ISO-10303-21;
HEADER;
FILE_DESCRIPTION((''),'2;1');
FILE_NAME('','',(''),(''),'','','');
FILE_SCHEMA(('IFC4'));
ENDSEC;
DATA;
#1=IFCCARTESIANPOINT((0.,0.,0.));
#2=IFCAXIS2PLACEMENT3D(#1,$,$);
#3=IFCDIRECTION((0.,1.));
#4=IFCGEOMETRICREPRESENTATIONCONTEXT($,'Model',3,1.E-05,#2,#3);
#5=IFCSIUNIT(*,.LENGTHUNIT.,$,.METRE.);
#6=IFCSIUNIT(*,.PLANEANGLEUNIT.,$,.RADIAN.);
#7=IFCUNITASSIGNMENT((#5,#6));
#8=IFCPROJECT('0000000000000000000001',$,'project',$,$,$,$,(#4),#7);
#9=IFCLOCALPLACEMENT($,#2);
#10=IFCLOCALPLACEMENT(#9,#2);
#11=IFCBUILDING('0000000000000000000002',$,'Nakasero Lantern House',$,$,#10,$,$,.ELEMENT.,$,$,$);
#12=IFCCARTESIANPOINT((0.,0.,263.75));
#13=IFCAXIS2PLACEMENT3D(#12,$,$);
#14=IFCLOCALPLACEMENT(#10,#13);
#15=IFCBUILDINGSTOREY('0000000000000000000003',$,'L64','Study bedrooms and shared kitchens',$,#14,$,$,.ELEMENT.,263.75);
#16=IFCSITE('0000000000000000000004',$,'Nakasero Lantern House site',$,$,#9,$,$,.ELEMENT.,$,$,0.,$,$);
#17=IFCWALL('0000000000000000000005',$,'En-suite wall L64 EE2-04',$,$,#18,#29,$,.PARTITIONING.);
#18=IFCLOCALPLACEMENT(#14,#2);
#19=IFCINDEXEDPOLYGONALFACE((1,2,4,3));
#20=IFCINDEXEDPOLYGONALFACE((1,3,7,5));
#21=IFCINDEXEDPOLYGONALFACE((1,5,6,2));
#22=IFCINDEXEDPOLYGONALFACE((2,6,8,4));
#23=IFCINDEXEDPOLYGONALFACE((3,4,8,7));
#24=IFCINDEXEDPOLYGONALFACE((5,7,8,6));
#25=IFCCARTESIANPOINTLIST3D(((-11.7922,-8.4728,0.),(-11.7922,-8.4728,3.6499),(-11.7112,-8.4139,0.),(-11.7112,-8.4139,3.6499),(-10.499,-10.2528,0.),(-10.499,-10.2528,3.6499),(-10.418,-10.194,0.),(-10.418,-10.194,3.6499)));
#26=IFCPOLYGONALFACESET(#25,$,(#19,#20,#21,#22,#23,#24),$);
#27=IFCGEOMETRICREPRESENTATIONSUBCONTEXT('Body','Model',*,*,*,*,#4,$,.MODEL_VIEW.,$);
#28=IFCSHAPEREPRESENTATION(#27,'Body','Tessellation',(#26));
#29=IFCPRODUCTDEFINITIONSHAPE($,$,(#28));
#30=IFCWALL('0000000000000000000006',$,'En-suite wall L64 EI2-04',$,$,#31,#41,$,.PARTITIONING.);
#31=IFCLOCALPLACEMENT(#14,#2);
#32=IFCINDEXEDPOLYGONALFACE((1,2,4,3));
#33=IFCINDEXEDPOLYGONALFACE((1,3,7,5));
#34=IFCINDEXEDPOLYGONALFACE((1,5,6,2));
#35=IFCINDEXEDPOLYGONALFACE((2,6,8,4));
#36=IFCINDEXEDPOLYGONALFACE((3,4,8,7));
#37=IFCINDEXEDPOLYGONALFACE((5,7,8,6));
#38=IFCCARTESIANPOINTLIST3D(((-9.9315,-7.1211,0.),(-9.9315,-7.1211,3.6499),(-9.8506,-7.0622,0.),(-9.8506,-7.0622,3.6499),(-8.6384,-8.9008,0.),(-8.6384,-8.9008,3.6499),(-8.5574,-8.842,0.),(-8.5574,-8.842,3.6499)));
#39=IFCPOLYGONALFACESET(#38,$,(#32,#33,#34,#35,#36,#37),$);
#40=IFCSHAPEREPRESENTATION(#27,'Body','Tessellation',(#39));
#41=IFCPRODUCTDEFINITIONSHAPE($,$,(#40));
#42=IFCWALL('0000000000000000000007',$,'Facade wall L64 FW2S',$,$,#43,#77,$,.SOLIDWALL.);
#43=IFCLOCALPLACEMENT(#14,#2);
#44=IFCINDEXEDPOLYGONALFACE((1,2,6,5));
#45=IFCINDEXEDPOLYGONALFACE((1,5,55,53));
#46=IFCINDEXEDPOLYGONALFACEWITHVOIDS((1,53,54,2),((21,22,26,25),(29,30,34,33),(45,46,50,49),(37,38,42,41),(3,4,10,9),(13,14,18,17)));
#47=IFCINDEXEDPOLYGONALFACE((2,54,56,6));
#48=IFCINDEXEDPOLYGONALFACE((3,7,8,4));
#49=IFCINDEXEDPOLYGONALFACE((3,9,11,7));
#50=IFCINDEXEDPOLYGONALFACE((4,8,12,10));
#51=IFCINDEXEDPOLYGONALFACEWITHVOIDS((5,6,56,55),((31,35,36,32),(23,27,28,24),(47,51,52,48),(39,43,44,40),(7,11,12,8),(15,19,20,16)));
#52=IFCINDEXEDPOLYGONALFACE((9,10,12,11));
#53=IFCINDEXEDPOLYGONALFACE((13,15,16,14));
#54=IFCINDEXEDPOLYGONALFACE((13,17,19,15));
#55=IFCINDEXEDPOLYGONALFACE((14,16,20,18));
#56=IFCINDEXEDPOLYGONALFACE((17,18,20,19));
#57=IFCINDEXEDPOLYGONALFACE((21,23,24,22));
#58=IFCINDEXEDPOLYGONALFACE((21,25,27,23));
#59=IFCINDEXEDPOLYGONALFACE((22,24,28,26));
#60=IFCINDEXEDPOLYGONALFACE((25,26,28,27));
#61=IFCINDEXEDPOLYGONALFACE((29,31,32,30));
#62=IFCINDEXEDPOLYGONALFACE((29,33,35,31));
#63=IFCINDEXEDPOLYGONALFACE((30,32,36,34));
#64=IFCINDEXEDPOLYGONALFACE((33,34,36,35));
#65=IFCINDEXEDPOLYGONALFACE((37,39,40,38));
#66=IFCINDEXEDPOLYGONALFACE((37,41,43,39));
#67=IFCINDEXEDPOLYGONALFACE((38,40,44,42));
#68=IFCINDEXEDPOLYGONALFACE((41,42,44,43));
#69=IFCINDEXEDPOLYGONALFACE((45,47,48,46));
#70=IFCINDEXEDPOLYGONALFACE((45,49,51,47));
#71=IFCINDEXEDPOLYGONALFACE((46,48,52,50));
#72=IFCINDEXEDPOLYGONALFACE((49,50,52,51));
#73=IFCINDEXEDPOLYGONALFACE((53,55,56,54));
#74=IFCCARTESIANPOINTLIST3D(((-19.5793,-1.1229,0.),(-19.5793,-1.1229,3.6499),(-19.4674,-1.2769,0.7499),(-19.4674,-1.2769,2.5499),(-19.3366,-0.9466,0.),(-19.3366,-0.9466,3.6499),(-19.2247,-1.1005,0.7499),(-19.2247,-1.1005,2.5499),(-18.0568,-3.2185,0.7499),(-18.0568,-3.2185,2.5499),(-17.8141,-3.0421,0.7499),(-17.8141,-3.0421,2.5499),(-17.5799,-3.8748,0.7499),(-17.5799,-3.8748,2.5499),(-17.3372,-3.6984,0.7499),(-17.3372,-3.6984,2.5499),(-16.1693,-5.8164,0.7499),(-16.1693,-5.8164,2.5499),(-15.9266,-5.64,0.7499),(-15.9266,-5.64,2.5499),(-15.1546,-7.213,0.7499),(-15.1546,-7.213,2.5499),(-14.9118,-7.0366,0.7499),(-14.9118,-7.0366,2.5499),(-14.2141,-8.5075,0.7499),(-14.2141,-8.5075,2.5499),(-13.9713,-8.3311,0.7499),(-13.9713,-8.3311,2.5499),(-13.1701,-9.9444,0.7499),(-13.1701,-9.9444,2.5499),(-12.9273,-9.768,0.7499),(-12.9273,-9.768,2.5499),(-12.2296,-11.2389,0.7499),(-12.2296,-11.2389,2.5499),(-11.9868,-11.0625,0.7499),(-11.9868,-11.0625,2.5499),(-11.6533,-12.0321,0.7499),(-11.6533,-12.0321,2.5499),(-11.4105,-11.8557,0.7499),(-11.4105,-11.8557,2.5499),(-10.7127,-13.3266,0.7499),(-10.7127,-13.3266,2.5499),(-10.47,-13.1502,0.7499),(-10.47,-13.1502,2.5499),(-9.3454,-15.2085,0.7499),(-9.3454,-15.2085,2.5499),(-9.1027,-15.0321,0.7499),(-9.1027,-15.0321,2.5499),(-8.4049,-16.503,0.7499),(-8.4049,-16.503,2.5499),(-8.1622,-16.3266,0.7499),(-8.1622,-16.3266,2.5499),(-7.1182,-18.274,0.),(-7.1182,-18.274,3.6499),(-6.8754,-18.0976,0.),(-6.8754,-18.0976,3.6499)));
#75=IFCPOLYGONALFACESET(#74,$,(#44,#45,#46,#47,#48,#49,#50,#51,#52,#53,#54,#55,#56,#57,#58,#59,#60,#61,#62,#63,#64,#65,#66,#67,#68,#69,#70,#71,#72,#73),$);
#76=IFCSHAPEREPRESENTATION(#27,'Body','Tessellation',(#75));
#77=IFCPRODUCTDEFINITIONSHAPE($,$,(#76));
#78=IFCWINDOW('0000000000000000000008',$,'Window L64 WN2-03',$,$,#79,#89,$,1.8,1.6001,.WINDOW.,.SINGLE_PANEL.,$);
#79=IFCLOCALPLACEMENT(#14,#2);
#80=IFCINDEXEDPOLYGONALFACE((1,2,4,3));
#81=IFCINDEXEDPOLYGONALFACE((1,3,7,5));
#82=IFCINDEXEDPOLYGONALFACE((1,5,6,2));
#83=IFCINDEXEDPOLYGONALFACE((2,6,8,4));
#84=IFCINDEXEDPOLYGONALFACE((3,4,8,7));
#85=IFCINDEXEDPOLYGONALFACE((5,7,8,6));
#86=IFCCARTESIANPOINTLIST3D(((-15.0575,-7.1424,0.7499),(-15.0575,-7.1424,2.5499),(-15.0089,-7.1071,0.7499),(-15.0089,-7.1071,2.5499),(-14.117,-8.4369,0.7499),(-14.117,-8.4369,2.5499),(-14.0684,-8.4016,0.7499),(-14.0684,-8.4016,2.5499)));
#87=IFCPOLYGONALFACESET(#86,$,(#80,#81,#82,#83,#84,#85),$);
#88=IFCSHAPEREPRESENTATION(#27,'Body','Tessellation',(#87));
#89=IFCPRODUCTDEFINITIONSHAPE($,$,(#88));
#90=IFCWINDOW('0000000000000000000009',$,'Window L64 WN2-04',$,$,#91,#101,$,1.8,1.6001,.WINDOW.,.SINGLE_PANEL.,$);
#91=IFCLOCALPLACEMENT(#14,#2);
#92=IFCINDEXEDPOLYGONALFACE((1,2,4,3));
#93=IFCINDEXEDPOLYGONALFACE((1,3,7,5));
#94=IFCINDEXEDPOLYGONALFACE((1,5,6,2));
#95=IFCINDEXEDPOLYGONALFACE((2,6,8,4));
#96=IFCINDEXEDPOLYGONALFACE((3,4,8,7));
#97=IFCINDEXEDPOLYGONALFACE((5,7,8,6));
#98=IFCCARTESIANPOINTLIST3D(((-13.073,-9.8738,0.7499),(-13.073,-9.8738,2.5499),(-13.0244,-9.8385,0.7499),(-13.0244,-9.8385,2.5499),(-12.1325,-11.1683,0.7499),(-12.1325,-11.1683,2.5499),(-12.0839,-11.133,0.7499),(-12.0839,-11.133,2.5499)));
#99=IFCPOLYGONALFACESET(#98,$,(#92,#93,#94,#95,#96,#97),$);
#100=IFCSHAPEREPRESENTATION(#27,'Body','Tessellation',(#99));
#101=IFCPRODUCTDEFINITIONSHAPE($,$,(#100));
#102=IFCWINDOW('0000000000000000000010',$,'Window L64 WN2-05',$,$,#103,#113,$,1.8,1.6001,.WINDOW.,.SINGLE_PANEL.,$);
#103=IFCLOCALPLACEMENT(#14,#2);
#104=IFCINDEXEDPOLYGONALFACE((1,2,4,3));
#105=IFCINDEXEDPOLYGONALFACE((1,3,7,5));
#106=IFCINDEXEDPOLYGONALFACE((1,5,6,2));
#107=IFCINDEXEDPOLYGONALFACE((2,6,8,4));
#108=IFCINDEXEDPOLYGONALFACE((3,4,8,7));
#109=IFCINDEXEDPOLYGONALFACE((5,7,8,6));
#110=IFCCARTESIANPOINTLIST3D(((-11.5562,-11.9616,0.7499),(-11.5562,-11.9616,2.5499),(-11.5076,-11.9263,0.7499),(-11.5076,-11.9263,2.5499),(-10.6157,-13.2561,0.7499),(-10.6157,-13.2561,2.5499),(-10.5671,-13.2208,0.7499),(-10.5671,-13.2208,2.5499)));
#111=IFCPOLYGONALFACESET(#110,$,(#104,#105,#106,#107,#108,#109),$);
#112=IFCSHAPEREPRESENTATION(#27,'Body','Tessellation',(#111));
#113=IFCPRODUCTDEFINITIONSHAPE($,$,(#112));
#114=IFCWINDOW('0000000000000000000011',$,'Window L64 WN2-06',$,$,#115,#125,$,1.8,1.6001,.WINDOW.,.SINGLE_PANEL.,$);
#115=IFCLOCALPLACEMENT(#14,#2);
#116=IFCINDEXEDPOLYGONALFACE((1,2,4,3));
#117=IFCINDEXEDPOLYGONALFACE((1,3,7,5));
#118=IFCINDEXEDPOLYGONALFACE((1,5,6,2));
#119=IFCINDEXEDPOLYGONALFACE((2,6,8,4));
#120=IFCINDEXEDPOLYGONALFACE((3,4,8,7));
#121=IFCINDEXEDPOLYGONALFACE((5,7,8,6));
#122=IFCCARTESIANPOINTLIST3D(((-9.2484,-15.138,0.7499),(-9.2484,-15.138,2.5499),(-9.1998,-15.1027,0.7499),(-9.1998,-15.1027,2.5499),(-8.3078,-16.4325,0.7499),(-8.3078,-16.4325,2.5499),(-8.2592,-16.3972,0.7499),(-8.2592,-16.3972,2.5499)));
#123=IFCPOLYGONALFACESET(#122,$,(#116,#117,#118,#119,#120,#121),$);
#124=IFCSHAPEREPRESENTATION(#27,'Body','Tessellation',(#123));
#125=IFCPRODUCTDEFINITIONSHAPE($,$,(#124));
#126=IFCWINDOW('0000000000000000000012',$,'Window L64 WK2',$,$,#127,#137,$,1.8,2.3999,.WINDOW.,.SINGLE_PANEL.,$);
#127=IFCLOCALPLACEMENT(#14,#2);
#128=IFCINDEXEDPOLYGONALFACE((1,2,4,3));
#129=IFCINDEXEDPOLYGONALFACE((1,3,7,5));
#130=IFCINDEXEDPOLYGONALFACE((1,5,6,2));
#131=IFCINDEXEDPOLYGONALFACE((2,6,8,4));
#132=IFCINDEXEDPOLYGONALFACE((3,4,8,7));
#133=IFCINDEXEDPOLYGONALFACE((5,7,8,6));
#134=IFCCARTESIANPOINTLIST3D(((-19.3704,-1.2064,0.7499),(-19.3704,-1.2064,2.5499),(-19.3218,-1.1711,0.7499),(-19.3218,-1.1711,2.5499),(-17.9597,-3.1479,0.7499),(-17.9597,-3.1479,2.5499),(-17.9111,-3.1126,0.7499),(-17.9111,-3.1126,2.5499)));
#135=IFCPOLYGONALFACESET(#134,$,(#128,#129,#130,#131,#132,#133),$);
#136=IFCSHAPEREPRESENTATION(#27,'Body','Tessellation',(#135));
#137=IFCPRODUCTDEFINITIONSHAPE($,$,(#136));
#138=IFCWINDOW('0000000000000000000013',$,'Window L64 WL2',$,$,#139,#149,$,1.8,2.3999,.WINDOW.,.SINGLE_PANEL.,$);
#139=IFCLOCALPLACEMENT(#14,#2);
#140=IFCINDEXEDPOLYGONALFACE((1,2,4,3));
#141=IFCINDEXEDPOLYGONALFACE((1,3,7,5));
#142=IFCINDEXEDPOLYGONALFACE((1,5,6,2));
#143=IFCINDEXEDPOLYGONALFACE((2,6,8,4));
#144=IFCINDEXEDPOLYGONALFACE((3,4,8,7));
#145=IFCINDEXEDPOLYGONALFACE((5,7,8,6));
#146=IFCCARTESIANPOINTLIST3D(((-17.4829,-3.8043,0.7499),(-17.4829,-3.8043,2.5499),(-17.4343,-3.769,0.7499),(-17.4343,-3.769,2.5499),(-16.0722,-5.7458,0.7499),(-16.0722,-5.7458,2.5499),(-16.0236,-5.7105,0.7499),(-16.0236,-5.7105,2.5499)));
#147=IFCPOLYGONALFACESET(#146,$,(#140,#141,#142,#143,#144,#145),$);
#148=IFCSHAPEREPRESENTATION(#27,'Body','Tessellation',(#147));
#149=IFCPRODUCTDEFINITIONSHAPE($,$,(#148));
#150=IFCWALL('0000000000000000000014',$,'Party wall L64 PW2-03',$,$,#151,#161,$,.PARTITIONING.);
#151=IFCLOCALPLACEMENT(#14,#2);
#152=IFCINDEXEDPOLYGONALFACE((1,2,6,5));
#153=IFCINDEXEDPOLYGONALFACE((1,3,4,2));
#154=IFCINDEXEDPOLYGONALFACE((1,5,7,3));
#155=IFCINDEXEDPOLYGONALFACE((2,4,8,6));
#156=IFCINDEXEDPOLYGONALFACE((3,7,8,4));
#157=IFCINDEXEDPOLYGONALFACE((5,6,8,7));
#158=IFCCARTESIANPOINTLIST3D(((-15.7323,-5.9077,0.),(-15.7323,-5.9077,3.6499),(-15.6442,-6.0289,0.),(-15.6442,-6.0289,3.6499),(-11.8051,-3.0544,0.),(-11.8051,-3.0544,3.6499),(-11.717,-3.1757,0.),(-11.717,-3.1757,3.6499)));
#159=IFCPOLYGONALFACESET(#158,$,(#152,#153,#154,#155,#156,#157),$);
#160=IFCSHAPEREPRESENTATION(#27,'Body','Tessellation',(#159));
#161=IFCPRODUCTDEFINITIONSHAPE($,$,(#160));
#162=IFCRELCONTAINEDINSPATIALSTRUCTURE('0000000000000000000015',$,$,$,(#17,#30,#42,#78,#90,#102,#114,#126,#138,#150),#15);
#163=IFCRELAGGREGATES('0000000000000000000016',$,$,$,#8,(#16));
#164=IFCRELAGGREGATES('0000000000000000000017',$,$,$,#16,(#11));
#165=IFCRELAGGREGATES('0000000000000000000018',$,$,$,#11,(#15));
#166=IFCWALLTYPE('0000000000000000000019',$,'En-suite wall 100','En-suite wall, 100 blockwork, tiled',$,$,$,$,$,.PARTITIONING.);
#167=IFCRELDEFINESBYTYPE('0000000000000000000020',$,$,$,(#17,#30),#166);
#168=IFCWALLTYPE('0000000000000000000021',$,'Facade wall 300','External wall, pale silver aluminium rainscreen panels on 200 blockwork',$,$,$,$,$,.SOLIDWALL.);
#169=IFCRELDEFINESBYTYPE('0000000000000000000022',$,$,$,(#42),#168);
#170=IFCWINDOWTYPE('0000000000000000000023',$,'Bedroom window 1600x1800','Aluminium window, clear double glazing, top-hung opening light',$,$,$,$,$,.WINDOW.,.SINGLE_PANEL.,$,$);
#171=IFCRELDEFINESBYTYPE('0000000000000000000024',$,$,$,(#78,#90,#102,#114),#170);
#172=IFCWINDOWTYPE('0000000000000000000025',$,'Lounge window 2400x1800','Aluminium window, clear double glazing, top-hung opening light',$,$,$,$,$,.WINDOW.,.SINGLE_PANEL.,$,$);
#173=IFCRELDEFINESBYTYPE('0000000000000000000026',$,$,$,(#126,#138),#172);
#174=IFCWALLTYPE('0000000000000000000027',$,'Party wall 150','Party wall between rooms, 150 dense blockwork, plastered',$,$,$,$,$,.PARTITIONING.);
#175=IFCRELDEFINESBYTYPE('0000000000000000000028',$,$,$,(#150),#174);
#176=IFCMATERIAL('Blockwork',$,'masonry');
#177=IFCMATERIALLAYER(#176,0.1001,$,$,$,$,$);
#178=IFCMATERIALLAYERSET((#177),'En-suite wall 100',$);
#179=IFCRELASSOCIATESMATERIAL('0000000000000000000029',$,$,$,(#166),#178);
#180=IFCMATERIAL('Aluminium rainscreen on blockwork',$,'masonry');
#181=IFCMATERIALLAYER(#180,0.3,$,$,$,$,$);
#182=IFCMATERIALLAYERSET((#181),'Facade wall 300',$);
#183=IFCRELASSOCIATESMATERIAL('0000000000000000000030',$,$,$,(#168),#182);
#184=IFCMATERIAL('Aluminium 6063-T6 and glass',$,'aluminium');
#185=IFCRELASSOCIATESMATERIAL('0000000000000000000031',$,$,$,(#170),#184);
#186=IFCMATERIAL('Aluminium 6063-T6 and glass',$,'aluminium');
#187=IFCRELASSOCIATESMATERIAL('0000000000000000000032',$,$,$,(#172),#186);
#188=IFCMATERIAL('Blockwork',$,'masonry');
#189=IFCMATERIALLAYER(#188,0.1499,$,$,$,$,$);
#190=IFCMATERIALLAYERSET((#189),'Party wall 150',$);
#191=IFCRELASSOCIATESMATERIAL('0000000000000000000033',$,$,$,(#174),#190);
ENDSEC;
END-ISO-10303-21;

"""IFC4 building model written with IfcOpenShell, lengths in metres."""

from ifc_helpers import new_model, si_unit, direction, frame, frame_2d, origin, place, context, subcontext, project, spatial, rectangle, extrude, material, layer, layer_set, type_object, element, fill, save


model = new_model("IFC4")

# Units and contexts
model_context = context("Model", 3, precision=1e-05, world=origin(), true_north=direction((0.0, 1.0)))
body_context = subcontext(model_context, "Body", "Model", "MODEL_VIEW")
ifc_project = project(units=[si_unit("LENGTHUNIT", "METRE"), si_unit("PLANEANGLEUNIT", "RADIAN")], contexts=[model_context])

# Site, building, storey
site_placement = place(None, origin())
site = spatial("IfcSite", under=ifc_project, at=site_placement, Name="Nakasero Lantern House site", CompositionType="ELEMENT", RefElevation=0.0)
building_placement = place(site_placement, origin())
building = spatial("IfcBuilding", under=site, at=building_placement, Name="Nakasero Lantern House", CompositionType="ELEMENT")
storey_placement = place(building_placement, frame((0.0, 0.0, 263.75)))
storey = spatial("IfcBuildingStorey", under=building, at=storey_placement, Name="L64", Description="Study bedrooms and shared kitchens", CompositionType="ELEMENT", Elevation=263.75)

# Shared definitions
ifc_material_1 = material(Name="Blockwork", Category="masonry")
ifc_layer_1 = layer(ifc_material_1, 0.1001)
ifc_layer_set_1 = layer_set([ifc_layer_1], Name="En-suite wall 100")
wall_type_1 = type_object("IfcWallType", Name="En-suite wall 100", Description="En-suite wall, 100 blockwork, tiled", PredefinedType="PARTITIONING", material=ifc_layer_set_1)

# Walls
wall_1_placement = place(storey_placement, frame((-11.7517, -8.4434, 0.0), z_axis=(0.0, 0.0, 1.0), x_axis=(0.587769, -0.809029, 0.0)))
element("IfcWall", 1, at=wall_1_placement, inside=storey, type_object=wall_type_1, Name="En-suite wall L64 EE2-04", PredefinedType="PARTITIONING", context=body_context, shape_type="SweptSolid", body=[
    extrude(rectangle(XDim=2.2002, YDim=0.1001, at=frame_2d((1.1001, 0.0))), origin(), (0.0, 0.0, 1.0), 3.6499),
])
wall_2_placement = place(storey_placement, frame((-9.8911, -7.0916, 0.0), z_axis=(0.0, 0.0, 1.0), x_axis=(0.587822, -0.80899, 0.0)))
element("IfcWall", 2, at=wall_2_placement, inside=storey, type_object=wall_type_1, Name="En-suite wall L64 EI2-04", PredefinedType="PARTITIONING", context=body_context, shape_type="SweptSolid", body=[
    extrude(rectangle(XDim=2.2, YDim=0.1001, at=frame_2d((1.1001, 0.0))), origin(), (0.0, 0.0, 1.0), 3.6499),
])

# Wall, openings, windows
ifc_material_2 = material(Name="Aluminium rainscreen on blockwork", Category="masonry")
ifc_layer_2 = layer(ifc_material_2, 0.3)
ifc_layer_set_2 = layer_set([ifc_layer_2], Name="Facade wall 300")
wall_type_2 = type_object("IfcWallType", Name="Facade wall 300", Description="External wall, pale silver aluminium rainscreen panels on 200 blockwork", PredefinedType="SOLIDWALL", material=ifc_layer_set_2)
wall_3_placement = place(storey_placement, frame((-19.458, -1.0347, 0.0), z_axis=(0.0, 0.0, 1.0), x_axis=(0.58779, -0.809013, 0.0)))
wall_3 = element("IfcWall", 3, at=wall_3_placement, inside=storey, type_object=wall_type_2, Name="Facade wall L64 FW2S", PredefinedType="SOLIDWALL", context=body_context, shape_type="SweptSolid", body=[
    extrude(rectangle(XDim=21.2, YDim=0.3, at=frame_2d((10.6001, 0.0))), origin(), (0.0, 0.0, 1.0), 3.6499),
])
opening_1_placement = place(wall_3_placement, frame((7.5278, 0.0, 0.75)))
opening_1 = element("IfcOpeningElement", 4, at=opening_1_placement, cuts=wall_3, PredefinedType="OPENING", context=body_context, shape_type="SweptSolid", body=[
    extrude(rectangle(XDim=1.6001, YDim=1.8, at=frame_2d((0.8, 0.8999))), frame((0.0, 0.1699, 0.0), z_axis=(0.0, -1.0, 0.0), x_axis=(1.0, 0.0, 0.0)), (0.0, 0.0, 1.0), 0.3401),
])
opening_2_placement = place(wall_3_placement, frame((10.9041, 0.0, 0.75)))
opening_2 = element("IfcOpeningElement", 5, at=opening_2_placement, cuts=wall_3, PredefinedType="OPENING", context=body_context, shape_type="SweptSolid", body=[
    extrude(rectangle(XDim=1.6001, YDim=1.8, at=frame_2d((0.8, 0.8999))), frame((0.0, 0.1699, 0.0), z_axis=(0.0, -1.0, 0.0), x_axis=(1.0, 0.0, 0.0)), (0.0, 0.0, 1.0), 0.3401),
])
opening_3_placement = place(wall_3_placement, frame((13.4846, 0.0, 0.75)))
opening_3 = element("IfcOpeningElement", 6, at=opening_3_placement, cuts=wall_3, PredefinedType="OPENING", context=body_context, shape_type="SweptSolid", body=[
    extrude(rectangle(XDim=1.6001, YDim=1.8, at=frame_2d((0.8, 0.8999))), frame((0.0, 0.1699, 0.0), z_axis=(0.0, -1.0, 0.0), x_axis=(1.0, 0.0, 0.0)), (0.0, 0.0, 1.0), 0.3401),
])
opening_4_placement = place(wall_3_placement, frame((17.4109, 0.0, 0.75)))
opening_4 = element("IfcOpeningElement", 7, at=opening_4_placement, cuts=wall_3, PredefinedType="OPENING", context=body_context, shape_type="SweptSolid", body=[
    extrude(rectangle(XDim=1.6001, YDim=1.8, at=frame_2d((0.8, 0.8999))), frame((0.0, 0.1699, 0.0), z_axis=(0.0, -1.0, 0.0), x_axis=(1.0, 0.0, 0.0)), (0.0, 0.0, 1.0), 0.3401),
])
opening_5_placement = place(wall_3_placement, frame((0.1904, 0.0, 0.75)))
opening_5 = element("IfcOpeningElement", 8, at=opening_5_placement, cuts=wall_3, PredefinedType="OPENING", context=body_context, shape_type="SweptSolid", body=[
    extrude(rectangle(XDim=2.3999, YDim=1.8, at=frame_2d((1.2, 0.8999))), frame((0.0, 0.1699, 0.0), z_axis=(0.0, -1.0, 0.0), x_axis=(1.0, 0.0, 0.0)), (0.0, 0.0, 1.0), 0.3401),
])
opening_6_placement = place(wall_3_placement, frame((3.4016, 0.0, 0.75)))
opening_6 = element("IfcOpeningElement", 9, at=opening_6_placement, cuts=wall_3, PredefinedType="OPENING", context=body_context, shape_type="SweptSolid", body=[
    extrude(rectangle(XDim=2.3999, YDim=1.8, at=frame_2d((1.2, 0.8999))), frame((0.0, 0.1699, 0.0), z_axis=(0.0, -1.0, 0.0), x_axis=(1.0, 0.0, 0.0)), (0.0, 0.0, 1.0), 0.3401),
])
ifc_material_3 = material(Name="Aluminium 6063-T6 and glass", Category="aluminium")
window_type_1 = type_object("IfcWindowType", Name="Bedroom window 1600x1800", Description="Aluminium window, clear double glazing, top-hung opening light", PartitioningType="SINGLE_PANEL", PredefinedType="WINDOW", material=ifc_material_3)
window_1_placement = place(opening_1_placement, origin())
window_1 = element("IfcWindow", 10, at=window_1_placement, inside=storey, type_object=window_type_1, Name="Window L64 WN2-03", OverallHeight=1.8, OverallWidth=1.6001, PartitioningType="SINGLE_PANEL", PredefinedType="WINDOW", context=body_context, shape_type="SweptSolid", body=[
    extrude(rectangle(XDim=1.6001, YDim=1.8, at=frame_2d((0.8, 0.8999))), frame((0.0, 0.03, 0.0), z_axis=(0.0, -1.0, 0.0), x_axis=(1.0, 0.0, 0.0)), (0.0, 0.0, 1.0), 0.0601),
])
fill(opening_1, window_1)
window_2_placement = place(opening_2_placement, origin())
window_2 = element("IfcWindow", 11, at=window_2_placement, inside=storey, type_object=window_type_1, Name="Window L64 WN2-04", OverallHeight=1.8, OverallWidth=1.6001, PartitioningType="SINGLE_PANEL", PredefinedType="WINDOW", context=body_context, shape_type="SweptSolid", body=[
    extrude(rectangle(XDim=1.6001, YDim=1.8, at=frame_2d((0.8, 0.8999))), frame((0.0, 0.03, 0.0), z_axis=(0.0, -1.0, 0.0), x_axis=(1.0, 0.0, 0.0)), (0.0, 0.0, 1.0), 0.0601),
])
fill(opening_2, window_2)
window_3_placement = place(opening_3_placement, origin())
window_3 = element("IfcWindow", 12, at=window_3_placement, inside=storey, type_object=window_type_1, Name="Window L64 WN2-05", OverallHeight=1.8, OverallWidth=1.6001, PartitioningType="SINGLE_PANEL", PredefinedType="WINDOW", context=body_context, shape_type="SweptSolid", body=[
    extrude(rectangle(XDim=1.6001, YDim=1.8, at=frame_2d((0.8, 0.8999))), frame((0.0, 0.03, 0.0), z_axis=(0.0, -1.0, 0.0), x_axis=(1.0, 0.0, 0.0)), (0.0, 0.0, 1.0), 0.0601),
])
fill(opening_3, window_3)
window_4_placement = place(opening_4_placement, origin())
window_4 = element("IfcWindow", 13, at=window_4_placement, inside=storey, type_object=window_type_1, Name="Window L64 WN2-06", OverallHeight=1.8, OverallWidth=1.6001, PartitioningType="SINGLE_PANEL", PredefinedType="WINDOW", context=body_context, shape_type="SweptSolid", body=[
    extrude(rectangle(XDim=1.6001, YDim=1.8, at=frame_2d((0.8, 0.8999))), frame((0.0, 0.03, 0.0), z_axis=(0.0, -1.0, 0.0), x_axis=(1.0, 0.0, 0.0)), (0.0, 0.0, 1.0), 0.0601),
])
fill(opening_4, window_4)
ifc_material_4 = material(Name="Aluminium 6063-T6 and glass", Category="aluminium")
window_type_2 = type_object("IfcWindowType", Name="Lounge window 2400x1800", Description="Aluminium window, clear double glazing, top-hung opening light", PartitioningType="SINGLE_PANEL", PredefinedType="WINDOW", material=ifc_material_4)
window_5_placement = place(opening_5_placement, origin())
window_5 = element("IfcWindow", 14, at=window_5_placement, inside=storey, type_object=window_type_2, Name="Window L64 WK2", OverallHeight=1.8, OverallWidth=2.3999, PartitioningType="SINGLE_PANEL", PredefinedType="WINDOW", context=body_context, shape_type="SweptSolid", body=[
    extrude(rectangle(XDim=2.3999, YDim=1.8, at=frame_2d((1.2, 0.8999))), frame((0.0, 0.03, 0.0), z_axis=(0.0, -1.0, 0.0), x_axis=(1.0, 0.0, 0.0)), (0.0, 0.0, 1.0), 0.0601),
])
fill(opening_5, window_5)
window_6_placement = place(opening_6_placement, origin())
window_6 = element("IfcWindow", 15, at=window_6_placement, inside=storey, type_object=window_type_2, Name="Window L64 WL2", OverallHeight=1.8, OverallWidth=2.3999, PartitioningType="SINGLE_PANEL", PredefinedType="WINDOW", context=body_context, shape_type="SweptSolid", body=[
    extrude(rectangle(XDim=2.3999, YDim=1.8, at=frame_2d((1.2, 0.8999))), frame((0.0, 0.03, 0.0), z_axis=(0.0, -1.0, 0.0), x_axis=(1.0, 0.0, 0.0)), (0.0, 0.0, 1.0), 0.0601),
])
fill(opening_6, window_6)

# Wall
ifc_material_5 = material(Name="Blockwork", Category="masonry")
ifc_layer_3 = layer(ifc_material_5, 0.1499)
ifc_layer_set_3 = layer_set([ifc_layer_3], Name="Party wall 150")
wall_type_3 = type_object("IfcWallType", Name="Party wall 150", Description="Party wall between rooms, 150 dense blockwork, plastered", PredefinedType="PARTITIONING", material=ifc_layer_set_3)
wall_4_placement = place(storey_placement, frame((-11.761, -3.115, 0.0), z_axis=(0.0, 0.0, 1.0), x_axis=(-0.809021, -0.58778, 0.0)))
element("IfcWall", 16, at=wall_4_placement, inside=storey, type_object=wall_type_3, Name="Party wall L64 PW2-03", PredefinedType="PARTITIONING", context=body_context, shape_type="SweptSolid", body=[
    extrude(rectangle(XDim=4.8542, YDim=0.1499, at=frame_2d((2.4272, 0.0))), origin(), (0.0, 0.0, 1.0), 3.6499),
])

save(model, "model.ifc")
